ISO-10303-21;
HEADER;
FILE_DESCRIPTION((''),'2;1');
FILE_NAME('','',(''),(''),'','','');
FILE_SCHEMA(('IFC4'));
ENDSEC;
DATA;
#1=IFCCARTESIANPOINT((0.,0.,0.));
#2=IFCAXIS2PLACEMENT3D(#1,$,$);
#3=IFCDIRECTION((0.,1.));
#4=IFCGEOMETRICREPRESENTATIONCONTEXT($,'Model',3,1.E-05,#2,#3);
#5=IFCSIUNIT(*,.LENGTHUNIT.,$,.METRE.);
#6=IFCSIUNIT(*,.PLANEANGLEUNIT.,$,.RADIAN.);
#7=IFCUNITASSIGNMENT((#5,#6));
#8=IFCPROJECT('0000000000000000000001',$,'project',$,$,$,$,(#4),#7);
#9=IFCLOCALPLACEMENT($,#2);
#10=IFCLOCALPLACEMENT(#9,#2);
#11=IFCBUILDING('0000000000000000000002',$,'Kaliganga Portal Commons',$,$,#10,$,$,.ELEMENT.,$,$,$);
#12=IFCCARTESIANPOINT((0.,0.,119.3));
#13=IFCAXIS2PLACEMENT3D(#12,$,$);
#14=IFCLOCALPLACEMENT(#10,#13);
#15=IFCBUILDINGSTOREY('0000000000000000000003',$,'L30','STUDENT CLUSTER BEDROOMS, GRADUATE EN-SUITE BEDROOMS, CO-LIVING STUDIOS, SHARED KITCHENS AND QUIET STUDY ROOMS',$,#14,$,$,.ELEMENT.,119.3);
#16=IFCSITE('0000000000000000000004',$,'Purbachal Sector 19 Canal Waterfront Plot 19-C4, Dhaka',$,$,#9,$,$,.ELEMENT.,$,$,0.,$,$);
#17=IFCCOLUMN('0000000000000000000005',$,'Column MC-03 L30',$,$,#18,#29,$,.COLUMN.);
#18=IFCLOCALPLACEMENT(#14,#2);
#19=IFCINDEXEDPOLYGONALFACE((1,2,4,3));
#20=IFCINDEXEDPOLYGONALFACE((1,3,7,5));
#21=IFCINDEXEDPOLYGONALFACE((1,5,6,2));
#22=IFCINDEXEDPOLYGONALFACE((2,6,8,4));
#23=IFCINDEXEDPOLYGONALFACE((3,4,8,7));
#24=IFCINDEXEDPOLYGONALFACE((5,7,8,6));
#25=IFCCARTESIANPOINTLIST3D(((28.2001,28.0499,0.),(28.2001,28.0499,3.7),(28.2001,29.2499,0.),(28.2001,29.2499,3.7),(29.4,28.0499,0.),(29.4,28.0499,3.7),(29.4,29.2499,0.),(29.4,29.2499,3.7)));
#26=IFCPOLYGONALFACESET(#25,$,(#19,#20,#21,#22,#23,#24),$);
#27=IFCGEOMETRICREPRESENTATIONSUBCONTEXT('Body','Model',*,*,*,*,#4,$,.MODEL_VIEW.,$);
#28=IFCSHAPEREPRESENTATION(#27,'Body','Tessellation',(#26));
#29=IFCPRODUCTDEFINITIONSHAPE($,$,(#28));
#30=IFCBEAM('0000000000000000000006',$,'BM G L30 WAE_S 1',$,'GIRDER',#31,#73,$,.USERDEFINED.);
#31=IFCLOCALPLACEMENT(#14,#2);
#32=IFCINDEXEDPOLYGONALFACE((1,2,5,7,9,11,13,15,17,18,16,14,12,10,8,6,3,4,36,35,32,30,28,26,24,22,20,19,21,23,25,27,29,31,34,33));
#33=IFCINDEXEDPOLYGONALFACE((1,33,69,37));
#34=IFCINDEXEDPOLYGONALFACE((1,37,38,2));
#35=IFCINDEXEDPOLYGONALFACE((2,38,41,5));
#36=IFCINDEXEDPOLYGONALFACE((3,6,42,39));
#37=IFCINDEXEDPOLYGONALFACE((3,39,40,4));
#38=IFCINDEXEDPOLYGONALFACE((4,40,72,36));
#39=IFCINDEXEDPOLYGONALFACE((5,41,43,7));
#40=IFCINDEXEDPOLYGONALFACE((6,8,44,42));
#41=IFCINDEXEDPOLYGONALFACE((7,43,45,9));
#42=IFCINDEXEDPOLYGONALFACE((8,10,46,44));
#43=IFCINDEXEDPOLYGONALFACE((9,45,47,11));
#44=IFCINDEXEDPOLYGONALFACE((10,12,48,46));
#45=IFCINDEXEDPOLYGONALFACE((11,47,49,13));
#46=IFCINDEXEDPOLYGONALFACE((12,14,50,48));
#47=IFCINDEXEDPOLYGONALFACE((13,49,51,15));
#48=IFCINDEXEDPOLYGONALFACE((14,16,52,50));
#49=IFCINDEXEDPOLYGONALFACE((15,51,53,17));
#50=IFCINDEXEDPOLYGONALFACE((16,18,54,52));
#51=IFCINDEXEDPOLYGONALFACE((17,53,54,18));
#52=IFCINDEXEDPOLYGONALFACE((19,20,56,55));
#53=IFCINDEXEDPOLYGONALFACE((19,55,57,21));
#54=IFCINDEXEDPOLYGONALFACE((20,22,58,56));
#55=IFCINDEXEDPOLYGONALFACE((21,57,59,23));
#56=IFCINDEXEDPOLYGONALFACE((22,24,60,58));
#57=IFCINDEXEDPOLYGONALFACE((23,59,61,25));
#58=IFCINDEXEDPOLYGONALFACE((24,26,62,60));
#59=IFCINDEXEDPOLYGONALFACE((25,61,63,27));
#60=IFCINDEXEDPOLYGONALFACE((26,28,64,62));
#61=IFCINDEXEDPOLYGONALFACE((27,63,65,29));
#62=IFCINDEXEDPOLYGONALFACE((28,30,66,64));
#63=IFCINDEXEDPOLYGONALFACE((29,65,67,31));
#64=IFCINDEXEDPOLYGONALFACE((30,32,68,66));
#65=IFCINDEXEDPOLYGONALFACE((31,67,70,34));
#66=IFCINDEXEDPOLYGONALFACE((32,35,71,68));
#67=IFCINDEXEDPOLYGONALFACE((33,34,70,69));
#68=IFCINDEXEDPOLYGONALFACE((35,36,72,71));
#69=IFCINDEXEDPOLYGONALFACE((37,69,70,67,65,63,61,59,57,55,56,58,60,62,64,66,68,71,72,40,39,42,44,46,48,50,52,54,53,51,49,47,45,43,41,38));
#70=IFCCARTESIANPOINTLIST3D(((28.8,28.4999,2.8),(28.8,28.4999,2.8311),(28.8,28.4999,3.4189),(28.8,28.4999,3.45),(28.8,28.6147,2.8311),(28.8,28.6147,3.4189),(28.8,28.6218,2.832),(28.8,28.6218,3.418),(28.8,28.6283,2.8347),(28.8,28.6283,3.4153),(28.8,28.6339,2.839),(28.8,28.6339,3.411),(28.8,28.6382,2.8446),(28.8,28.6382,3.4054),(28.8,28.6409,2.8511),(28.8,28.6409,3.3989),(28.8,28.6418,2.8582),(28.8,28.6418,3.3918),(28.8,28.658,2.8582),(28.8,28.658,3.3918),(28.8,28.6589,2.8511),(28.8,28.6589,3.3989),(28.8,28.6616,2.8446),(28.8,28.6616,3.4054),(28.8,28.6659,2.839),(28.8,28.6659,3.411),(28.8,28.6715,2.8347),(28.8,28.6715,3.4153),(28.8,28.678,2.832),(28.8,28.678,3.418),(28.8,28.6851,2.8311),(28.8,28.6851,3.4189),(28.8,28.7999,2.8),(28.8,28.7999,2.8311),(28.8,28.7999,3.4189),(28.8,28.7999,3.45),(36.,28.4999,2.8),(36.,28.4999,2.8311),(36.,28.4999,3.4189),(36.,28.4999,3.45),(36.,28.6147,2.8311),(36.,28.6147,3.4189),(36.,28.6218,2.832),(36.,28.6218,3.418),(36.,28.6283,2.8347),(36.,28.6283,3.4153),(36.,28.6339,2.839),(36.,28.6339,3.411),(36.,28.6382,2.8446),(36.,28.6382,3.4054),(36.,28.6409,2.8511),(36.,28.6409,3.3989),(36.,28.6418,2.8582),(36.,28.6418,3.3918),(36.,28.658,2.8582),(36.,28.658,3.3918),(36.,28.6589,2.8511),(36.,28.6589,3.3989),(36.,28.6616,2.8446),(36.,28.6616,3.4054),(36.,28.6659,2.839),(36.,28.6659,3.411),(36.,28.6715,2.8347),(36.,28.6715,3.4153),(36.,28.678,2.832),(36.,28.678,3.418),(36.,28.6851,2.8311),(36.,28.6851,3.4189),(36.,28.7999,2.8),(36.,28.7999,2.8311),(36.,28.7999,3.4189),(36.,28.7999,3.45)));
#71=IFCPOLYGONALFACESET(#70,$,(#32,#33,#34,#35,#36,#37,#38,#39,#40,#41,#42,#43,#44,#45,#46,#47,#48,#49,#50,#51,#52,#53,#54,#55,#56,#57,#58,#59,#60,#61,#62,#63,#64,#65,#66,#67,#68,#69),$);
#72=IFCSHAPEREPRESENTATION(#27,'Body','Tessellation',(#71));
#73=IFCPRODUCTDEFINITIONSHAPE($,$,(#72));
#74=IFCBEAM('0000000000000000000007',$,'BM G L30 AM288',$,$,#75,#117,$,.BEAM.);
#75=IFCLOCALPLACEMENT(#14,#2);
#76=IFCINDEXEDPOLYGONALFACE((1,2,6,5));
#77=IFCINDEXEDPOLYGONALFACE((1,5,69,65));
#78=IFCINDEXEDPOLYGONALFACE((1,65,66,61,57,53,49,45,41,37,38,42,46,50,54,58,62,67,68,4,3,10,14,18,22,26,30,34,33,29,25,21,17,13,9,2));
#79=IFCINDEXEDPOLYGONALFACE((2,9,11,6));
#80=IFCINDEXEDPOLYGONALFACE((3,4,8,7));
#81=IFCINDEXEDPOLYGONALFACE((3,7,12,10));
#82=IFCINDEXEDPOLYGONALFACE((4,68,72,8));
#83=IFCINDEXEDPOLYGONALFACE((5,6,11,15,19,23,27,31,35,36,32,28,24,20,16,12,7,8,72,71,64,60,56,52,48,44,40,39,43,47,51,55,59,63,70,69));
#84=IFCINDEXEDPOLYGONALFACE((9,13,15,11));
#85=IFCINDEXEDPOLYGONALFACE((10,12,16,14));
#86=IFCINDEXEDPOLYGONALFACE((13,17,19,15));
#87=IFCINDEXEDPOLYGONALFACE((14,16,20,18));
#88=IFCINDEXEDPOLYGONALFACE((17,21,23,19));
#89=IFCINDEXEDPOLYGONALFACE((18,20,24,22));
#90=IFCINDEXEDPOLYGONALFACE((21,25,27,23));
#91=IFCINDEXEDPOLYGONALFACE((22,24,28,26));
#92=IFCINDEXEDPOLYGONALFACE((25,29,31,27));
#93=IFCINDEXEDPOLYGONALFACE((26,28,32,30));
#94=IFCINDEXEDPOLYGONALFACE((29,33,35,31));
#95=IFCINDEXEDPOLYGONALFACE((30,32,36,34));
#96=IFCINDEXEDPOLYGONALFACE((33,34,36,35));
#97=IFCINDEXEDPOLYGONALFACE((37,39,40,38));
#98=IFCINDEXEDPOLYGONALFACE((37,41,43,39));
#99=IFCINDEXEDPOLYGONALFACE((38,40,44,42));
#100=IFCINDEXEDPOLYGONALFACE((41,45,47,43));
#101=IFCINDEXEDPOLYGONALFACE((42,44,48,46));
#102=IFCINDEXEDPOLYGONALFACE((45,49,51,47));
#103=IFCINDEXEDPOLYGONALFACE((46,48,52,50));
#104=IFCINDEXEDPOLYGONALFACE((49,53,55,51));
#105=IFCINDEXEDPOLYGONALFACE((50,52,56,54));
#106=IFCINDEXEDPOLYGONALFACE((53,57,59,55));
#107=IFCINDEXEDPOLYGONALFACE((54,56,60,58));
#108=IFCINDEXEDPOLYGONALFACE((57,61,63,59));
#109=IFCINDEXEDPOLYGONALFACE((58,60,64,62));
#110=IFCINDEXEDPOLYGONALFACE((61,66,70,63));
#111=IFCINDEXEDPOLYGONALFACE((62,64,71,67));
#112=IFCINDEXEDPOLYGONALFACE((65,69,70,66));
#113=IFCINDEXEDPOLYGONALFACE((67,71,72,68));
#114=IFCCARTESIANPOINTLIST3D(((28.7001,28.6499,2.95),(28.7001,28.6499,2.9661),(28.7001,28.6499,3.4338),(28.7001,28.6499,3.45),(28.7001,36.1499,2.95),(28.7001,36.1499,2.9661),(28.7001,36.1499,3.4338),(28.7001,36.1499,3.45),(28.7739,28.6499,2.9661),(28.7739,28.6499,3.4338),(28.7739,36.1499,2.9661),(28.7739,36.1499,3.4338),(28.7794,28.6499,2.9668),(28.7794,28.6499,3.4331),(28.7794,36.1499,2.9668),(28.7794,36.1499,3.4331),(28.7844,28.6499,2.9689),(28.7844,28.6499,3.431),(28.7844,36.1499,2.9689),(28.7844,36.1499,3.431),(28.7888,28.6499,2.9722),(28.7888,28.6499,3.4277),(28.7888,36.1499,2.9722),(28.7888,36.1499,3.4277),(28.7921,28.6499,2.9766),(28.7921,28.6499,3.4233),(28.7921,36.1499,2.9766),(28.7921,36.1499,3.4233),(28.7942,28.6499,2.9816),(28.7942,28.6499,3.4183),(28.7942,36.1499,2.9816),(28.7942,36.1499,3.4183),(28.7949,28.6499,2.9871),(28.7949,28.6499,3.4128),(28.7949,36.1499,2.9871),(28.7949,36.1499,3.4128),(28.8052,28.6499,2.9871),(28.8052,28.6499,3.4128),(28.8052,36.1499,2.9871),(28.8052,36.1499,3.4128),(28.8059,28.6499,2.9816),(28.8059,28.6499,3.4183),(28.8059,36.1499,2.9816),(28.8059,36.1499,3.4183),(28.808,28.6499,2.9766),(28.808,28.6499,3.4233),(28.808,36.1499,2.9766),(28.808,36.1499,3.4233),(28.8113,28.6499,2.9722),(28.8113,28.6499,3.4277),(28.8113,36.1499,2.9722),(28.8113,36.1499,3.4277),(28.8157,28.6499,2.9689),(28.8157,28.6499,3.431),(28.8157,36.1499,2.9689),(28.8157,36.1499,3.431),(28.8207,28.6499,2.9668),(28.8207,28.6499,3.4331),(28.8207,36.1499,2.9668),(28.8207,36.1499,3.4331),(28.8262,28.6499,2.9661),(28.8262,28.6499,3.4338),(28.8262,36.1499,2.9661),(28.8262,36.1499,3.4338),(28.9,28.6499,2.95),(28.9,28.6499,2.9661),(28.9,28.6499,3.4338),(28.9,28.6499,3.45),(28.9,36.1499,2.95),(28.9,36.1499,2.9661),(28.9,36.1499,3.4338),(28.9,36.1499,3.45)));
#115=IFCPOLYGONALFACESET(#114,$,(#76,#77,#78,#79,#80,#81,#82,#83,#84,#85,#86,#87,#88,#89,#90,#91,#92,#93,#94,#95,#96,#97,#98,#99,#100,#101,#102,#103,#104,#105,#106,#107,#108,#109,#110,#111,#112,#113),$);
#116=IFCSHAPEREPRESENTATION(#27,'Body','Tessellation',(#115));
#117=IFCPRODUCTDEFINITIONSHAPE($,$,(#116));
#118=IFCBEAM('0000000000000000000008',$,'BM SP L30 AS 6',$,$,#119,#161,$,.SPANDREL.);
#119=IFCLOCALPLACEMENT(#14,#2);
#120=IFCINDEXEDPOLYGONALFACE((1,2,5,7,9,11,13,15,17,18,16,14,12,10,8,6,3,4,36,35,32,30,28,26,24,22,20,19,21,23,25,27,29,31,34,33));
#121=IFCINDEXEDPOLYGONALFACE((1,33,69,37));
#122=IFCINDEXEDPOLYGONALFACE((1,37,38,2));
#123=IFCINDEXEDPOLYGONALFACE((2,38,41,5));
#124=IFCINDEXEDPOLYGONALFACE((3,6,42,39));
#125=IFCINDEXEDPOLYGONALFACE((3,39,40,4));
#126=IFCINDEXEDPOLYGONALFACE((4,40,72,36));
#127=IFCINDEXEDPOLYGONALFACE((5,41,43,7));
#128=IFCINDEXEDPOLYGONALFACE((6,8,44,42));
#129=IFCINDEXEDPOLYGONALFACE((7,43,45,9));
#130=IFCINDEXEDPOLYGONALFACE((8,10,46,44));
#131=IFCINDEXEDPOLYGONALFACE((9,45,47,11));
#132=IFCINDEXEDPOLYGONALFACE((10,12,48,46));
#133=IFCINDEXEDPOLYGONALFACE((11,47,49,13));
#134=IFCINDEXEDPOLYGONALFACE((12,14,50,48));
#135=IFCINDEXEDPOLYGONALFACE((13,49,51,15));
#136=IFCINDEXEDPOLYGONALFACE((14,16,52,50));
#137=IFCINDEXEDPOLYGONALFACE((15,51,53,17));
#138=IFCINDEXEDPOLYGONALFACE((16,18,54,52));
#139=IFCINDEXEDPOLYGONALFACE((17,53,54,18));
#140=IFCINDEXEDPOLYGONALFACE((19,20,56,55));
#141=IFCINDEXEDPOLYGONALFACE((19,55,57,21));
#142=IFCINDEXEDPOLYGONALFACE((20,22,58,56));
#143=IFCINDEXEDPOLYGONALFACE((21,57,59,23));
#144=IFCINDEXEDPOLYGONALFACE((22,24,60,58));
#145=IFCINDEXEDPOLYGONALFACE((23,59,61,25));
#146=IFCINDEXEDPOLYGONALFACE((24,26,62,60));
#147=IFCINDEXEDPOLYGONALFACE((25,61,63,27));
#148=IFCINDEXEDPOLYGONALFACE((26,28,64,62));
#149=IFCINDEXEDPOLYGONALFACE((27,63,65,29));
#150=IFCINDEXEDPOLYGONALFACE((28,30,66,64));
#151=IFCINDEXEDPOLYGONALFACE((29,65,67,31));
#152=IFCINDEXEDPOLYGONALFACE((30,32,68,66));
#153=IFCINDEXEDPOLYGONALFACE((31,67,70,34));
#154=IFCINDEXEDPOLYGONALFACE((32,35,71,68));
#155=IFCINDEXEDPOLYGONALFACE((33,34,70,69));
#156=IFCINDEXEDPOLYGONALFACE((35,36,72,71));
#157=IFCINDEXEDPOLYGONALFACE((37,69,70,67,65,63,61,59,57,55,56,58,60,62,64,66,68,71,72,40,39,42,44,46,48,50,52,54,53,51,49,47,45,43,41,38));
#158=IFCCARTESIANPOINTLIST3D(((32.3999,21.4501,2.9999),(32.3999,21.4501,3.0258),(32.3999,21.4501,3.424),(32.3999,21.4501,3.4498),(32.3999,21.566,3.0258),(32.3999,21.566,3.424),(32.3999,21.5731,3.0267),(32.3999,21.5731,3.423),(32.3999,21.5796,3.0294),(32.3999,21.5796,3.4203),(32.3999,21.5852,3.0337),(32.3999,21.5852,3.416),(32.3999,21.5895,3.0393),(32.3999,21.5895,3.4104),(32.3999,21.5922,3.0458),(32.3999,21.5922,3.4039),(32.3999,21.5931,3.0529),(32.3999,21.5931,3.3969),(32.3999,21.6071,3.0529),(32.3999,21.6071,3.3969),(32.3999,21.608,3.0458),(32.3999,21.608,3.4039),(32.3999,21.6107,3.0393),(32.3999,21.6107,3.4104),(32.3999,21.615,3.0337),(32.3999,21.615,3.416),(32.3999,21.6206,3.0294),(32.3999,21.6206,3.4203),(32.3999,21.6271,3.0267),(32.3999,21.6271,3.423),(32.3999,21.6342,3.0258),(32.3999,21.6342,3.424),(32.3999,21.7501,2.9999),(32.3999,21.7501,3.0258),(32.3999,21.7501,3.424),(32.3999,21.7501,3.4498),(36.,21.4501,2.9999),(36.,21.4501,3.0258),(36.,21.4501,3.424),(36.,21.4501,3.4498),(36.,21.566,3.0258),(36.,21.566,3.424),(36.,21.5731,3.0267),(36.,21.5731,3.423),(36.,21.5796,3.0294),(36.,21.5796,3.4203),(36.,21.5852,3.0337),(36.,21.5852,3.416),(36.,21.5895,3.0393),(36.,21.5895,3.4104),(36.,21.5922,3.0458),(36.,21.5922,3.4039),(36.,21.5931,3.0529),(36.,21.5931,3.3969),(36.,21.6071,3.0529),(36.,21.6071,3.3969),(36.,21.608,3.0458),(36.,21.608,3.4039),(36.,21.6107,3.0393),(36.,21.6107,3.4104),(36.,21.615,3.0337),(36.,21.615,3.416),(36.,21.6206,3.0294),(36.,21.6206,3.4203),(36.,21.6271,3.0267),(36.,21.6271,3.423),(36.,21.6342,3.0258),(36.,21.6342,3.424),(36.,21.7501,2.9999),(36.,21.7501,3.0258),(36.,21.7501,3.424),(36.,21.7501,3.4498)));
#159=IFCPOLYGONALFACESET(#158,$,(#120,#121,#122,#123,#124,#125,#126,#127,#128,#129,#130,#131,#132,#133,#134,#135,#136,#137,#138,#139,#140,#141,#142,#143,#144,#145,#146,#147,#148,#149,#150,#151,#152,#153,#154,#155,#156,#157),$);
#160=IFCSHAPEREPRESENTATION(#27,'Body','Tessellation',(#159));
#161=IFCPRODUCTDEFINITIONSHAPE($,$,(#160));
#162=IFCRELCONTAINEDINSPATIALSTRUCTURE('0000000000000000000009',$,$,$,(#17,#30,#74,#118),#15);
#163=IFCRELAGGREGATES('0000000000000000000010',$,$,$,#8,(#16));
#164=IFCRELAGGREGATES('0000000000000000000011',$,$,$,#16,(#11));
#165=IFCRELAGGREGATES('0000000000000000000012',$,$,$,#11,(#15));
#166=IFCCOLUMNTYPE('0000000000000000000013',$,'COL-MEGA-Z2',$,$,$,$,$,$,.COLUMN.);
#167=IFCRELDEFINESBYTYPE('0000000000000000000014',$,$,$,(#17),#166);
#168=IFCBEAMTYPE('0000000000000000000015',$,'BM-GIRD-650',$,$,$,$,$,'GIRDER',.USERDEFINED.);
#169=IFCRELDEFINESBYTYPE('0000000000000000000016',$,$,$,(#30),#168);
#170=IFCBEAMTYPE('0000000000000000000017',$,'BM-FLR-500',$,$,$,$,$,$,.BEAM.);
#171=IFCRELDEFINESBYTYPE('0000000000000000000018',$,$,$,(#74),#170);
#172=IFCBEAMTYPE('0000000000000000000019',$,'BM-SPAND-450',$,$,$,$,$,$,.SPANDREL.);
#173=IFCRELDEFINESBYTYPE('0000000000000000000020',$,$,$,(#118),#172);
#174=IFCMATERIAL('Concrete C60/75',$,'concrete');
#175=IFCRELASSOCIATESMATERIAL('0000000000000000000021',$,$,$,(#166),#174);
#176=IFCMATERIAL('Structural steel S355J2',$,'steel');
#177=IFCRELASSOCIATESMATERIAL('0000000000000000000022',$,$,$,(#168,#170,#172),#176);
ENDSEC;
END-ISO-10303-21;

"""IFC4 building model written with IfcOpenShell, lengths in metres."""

from ifc_helpers import new_model, si_unit, direction, frame, origin, origin_2d, place, context, subcontext, project, spatial, rectangle, i_section, extrude, source, transform, mapped, material, material_profile, profile_set, type_object, element, save


model = new_model("IFC4")

# Units and contexts
model_context = context("Model", 3, precision=1e-05, world=origin(), true_north=direction((0.0, 1.0)))
body_context = subcontext(model_context, "Body", "Model", "MODEL_VIEW")
ifc_project = project(units=[si_unit("LENGTHUNIT", "METRE"), si_unit("PLANEANGLEUNIT", "RADIAN")], contexts=[model_context])

# Site, building, storey
site_placement = place(None, origin())
site = spatial("IfcSite", under=ifc_project, at=site_placement, Name="Purbachal Sector 19 Canal Waterfront Plot 19-C4, Dhaka", CompositionType="ELEMENT", RefElevation=0.0)
building_placement = place(site_placement, origin())
building = spatial("IfcBuilding", under=site, at=building_placement, Name="Kaliganga Portal Commons", CompositionType="ELEMENT")
storey_placement = place(building_placement, frame((0.0, 0.0, 119.3)))
storey = spatial("IfcBuildingStorey", under=building, at=storey_placement, Name="L30", Description="STUDENT CLUSTER BEDROOMS, GRADUATE EN-SUITE BEDROOMS, CO-LIVING STUDIOS, SHARED KITCHENS AND QUIET STUDY ROOMS", CompositionType="ELEMENT", Elevation=119.3)

# Column
ifc_material_1 = material(Name="Concrete C60/75", Category="concrete")
ifc_material_profile_1 = material_profile(ifc_material_1, rectangle(XDim=1.2, YDim=1.2, at=origin_2d()), Name="RC 1200x1200")
ifc_profile_set_1 = profile_set([ifc_material_profile_1], Name="Concrete C60/75")
column_type = type_object("IfcColumnType", Name="COL-MEGA-Z2", PredefinedType="COLUMN", material=ifc_profile_set_1)
shared_shape_1 = source(origin(), body_context, "Body", "SweptSolid", [
    extrude(rectangle(XDim=1.2, YDim=1.2, at=origin_2d()), origin(), (0.0, 0.0, 1.0), 3.7),
])
column_placement = place(storey_placement, frame((28.8, 28.6499, 0.0), z_axis=(0.0, 0.0, 1.0), x_axis=(1.0, 0.0, 0.0)))
element("IfcColumn", 1, at=column_placement, inside=storey, type_object=column_type, Name="Column MC-03 L30", PredefinedType="COLUMN", context=body_context, shape_type="MappedRepresentation", body=[
    mapped(shared_shape_1, transform((0.0, 0.0, 0.0), x_axis=(1.0, 0.0, 0.0), y_axis=(0.0, 1.0, 0.0), z_axis=(0.0, 0.0, 1.0), scale=1.0)),
])

# Beams
ifc_material_2 = material(Name="Structural steel S355J2", Category="steel")
ifc_material_profile_2 = material_profile(ifc_material_2, i_section(OverallWidth=0.3, OverallDepth=0.6499, WebThickness=0.0161, FlangeThickness=0.031, FilletRadius=0.0271, at=origin_2d()), Name="HE 650 B")
ifc_profile_set_2 = profile_set([ifc_material_profile_2], Name="Structural steel S355J2 wide-flange")
beam_type_1 = type_object("IfcBeamType", Name="BM-GIRD-650", ElementType="GIRDER", PredefinedType="USERDEFINED", material=ifc_profile_set_2)
shared_shape_2 = source(origin(), body_context, "Body", "SweptSolid", [
    extrude(i_section(OverallWidth=0.3, OverallDepth=0.6499, WebThickness=0.0161, FlangeThickness=0.031, FilletRadius=0.0271, at=origin_2d()), origin(), (0.0, 0.0, 1.0), 7.2),
])
beam_1_placement = place(storey_placement, frame((28.8, 28.6499, 3.125), z_axis=(1.0, 0.0, 0.0), x_axis=(0.0, 1.0, 0.0)))
element("IfcBeam", 2, at=beam_1_placement, inside=storey, type_object=beam_type_1, Name="BM G L30 WAE_S 1", ObjectType="GIRDER", PredefinedType="USERDEFINED", context=body_context, shape_type="MappedRepresentation", body=[
    mapped(shared_shape_2, transform((0.0, 0.0, 0.0), x_axis=(1.0, 0.0, 0.0), y_axis=(0.0, 1.0, 0.0), z_axis=(0.0, 0.0, 1.0), scale=1.0)),
])
ifc_material_profile_3 = material_profile(ifc_material_2, i_section(OverallWidth=0.2, OverallDepth=0.5, WebThickness=0.0103, FlangeThickness=0.0161, FilletRadius=0.021, at=origin_2d()), Name="IPE 500")
ifc_profile_set_3 = profile_set([ifc_material_profile_3], Name="Structural steel S355J2 wide-flange")
beam_type_2 = type_object("IfcBeamType", Name="BM-FLR-500", PredefinedType="BEAM", material=ifc_profile_set_3)
shared_shape_3 = source(origin(), body_context, "Body", "SweptSolid", [
    extrude(i_section(OverallWidth=0.2, OverallDepth=0.5, WebThickness=0.0103, FlangeThickness=0.0161, FilletRadius=0.021, at=origin_2d()), origin(), (0.0, 0.0, 1.0), 7.5),
])
beam_2_placement = place(storey_placement, frame((28.8, 28.6499, 3.2), z_axis=(0.0, 1.0, 0.0), x_axis=(-1.0, 0.0, 0.0)))
element("IfcBeam", 3, at=beam_2_placement, inside=storey, type_object=beam_type_2, Name="BM G L30 AM288", PredefinedType="BEAM", context=body_context, shape_type="MappedRepresentation", body=[
    mapped(shared_shape_3, transform((0.0, 0.0, 0.0), x_axis=(1.0, 0.0, 0.0), y_axis=(0.0, 1.0, 0.0), z_axis=(0.0, 0.0, 1.0), scale=1.0)),
])
ifc_material_profile_4 = material_profile(ifc_material_2, i_section(OverallWidth=0.3, OverallDepth=0.45, WebThickness=0.0139, FlangeThickness=0.0259, FilletRadius=0.0271, at=origin_2d()), Name="HE 450 B")
ifc_profile_set_4 = profile_set([ifc_material_profile_4], Name="Structural steel S355J2 wide-flange")
beam_type_3 = type_object("IfcBeamType", Name="BM-SPAND-450", PredefinedType="SPANDREL", material=ifc_profile_set_4)
shared_shape_4 = source(origin(), body_context, "Body", "SweptSolid", [
    extrude(i_section(OverallWidth=0.3, OverallDepth=0.45, WebThickness=0.0139, FlangeThickness=0.0259, FilletRadius=0.0271, at=origin_2d()), origin(), (0.0, 0.0, 1.0), 3.6001),
])
beam_3_placement = place(storey_placement, frame((32.3999, 21.6001, 3.2249), z_axis=(1.0, 0.0, 0.0), x_axis=(0.0, 1.0, 0.0)))
element("IfcBeam", 4, at=beam_3_placement, inside=storey, type_object=beam_type_3, Name="BM SP L30 AS 6", PredefinedType="SPANDREL", context=body_context, shape_type="MappedRepresentation", body=[
    mapped(shared_shape_4, transform((0.0, 0.0, 0.0), x_axis=(1.0, 0.0, 0.0), y_axis=(0.0, 1.0, 0.0), z_axis=(0.0, 0.0, 1.0), scale=1.0)),
])

save(model, "model.ifc")
